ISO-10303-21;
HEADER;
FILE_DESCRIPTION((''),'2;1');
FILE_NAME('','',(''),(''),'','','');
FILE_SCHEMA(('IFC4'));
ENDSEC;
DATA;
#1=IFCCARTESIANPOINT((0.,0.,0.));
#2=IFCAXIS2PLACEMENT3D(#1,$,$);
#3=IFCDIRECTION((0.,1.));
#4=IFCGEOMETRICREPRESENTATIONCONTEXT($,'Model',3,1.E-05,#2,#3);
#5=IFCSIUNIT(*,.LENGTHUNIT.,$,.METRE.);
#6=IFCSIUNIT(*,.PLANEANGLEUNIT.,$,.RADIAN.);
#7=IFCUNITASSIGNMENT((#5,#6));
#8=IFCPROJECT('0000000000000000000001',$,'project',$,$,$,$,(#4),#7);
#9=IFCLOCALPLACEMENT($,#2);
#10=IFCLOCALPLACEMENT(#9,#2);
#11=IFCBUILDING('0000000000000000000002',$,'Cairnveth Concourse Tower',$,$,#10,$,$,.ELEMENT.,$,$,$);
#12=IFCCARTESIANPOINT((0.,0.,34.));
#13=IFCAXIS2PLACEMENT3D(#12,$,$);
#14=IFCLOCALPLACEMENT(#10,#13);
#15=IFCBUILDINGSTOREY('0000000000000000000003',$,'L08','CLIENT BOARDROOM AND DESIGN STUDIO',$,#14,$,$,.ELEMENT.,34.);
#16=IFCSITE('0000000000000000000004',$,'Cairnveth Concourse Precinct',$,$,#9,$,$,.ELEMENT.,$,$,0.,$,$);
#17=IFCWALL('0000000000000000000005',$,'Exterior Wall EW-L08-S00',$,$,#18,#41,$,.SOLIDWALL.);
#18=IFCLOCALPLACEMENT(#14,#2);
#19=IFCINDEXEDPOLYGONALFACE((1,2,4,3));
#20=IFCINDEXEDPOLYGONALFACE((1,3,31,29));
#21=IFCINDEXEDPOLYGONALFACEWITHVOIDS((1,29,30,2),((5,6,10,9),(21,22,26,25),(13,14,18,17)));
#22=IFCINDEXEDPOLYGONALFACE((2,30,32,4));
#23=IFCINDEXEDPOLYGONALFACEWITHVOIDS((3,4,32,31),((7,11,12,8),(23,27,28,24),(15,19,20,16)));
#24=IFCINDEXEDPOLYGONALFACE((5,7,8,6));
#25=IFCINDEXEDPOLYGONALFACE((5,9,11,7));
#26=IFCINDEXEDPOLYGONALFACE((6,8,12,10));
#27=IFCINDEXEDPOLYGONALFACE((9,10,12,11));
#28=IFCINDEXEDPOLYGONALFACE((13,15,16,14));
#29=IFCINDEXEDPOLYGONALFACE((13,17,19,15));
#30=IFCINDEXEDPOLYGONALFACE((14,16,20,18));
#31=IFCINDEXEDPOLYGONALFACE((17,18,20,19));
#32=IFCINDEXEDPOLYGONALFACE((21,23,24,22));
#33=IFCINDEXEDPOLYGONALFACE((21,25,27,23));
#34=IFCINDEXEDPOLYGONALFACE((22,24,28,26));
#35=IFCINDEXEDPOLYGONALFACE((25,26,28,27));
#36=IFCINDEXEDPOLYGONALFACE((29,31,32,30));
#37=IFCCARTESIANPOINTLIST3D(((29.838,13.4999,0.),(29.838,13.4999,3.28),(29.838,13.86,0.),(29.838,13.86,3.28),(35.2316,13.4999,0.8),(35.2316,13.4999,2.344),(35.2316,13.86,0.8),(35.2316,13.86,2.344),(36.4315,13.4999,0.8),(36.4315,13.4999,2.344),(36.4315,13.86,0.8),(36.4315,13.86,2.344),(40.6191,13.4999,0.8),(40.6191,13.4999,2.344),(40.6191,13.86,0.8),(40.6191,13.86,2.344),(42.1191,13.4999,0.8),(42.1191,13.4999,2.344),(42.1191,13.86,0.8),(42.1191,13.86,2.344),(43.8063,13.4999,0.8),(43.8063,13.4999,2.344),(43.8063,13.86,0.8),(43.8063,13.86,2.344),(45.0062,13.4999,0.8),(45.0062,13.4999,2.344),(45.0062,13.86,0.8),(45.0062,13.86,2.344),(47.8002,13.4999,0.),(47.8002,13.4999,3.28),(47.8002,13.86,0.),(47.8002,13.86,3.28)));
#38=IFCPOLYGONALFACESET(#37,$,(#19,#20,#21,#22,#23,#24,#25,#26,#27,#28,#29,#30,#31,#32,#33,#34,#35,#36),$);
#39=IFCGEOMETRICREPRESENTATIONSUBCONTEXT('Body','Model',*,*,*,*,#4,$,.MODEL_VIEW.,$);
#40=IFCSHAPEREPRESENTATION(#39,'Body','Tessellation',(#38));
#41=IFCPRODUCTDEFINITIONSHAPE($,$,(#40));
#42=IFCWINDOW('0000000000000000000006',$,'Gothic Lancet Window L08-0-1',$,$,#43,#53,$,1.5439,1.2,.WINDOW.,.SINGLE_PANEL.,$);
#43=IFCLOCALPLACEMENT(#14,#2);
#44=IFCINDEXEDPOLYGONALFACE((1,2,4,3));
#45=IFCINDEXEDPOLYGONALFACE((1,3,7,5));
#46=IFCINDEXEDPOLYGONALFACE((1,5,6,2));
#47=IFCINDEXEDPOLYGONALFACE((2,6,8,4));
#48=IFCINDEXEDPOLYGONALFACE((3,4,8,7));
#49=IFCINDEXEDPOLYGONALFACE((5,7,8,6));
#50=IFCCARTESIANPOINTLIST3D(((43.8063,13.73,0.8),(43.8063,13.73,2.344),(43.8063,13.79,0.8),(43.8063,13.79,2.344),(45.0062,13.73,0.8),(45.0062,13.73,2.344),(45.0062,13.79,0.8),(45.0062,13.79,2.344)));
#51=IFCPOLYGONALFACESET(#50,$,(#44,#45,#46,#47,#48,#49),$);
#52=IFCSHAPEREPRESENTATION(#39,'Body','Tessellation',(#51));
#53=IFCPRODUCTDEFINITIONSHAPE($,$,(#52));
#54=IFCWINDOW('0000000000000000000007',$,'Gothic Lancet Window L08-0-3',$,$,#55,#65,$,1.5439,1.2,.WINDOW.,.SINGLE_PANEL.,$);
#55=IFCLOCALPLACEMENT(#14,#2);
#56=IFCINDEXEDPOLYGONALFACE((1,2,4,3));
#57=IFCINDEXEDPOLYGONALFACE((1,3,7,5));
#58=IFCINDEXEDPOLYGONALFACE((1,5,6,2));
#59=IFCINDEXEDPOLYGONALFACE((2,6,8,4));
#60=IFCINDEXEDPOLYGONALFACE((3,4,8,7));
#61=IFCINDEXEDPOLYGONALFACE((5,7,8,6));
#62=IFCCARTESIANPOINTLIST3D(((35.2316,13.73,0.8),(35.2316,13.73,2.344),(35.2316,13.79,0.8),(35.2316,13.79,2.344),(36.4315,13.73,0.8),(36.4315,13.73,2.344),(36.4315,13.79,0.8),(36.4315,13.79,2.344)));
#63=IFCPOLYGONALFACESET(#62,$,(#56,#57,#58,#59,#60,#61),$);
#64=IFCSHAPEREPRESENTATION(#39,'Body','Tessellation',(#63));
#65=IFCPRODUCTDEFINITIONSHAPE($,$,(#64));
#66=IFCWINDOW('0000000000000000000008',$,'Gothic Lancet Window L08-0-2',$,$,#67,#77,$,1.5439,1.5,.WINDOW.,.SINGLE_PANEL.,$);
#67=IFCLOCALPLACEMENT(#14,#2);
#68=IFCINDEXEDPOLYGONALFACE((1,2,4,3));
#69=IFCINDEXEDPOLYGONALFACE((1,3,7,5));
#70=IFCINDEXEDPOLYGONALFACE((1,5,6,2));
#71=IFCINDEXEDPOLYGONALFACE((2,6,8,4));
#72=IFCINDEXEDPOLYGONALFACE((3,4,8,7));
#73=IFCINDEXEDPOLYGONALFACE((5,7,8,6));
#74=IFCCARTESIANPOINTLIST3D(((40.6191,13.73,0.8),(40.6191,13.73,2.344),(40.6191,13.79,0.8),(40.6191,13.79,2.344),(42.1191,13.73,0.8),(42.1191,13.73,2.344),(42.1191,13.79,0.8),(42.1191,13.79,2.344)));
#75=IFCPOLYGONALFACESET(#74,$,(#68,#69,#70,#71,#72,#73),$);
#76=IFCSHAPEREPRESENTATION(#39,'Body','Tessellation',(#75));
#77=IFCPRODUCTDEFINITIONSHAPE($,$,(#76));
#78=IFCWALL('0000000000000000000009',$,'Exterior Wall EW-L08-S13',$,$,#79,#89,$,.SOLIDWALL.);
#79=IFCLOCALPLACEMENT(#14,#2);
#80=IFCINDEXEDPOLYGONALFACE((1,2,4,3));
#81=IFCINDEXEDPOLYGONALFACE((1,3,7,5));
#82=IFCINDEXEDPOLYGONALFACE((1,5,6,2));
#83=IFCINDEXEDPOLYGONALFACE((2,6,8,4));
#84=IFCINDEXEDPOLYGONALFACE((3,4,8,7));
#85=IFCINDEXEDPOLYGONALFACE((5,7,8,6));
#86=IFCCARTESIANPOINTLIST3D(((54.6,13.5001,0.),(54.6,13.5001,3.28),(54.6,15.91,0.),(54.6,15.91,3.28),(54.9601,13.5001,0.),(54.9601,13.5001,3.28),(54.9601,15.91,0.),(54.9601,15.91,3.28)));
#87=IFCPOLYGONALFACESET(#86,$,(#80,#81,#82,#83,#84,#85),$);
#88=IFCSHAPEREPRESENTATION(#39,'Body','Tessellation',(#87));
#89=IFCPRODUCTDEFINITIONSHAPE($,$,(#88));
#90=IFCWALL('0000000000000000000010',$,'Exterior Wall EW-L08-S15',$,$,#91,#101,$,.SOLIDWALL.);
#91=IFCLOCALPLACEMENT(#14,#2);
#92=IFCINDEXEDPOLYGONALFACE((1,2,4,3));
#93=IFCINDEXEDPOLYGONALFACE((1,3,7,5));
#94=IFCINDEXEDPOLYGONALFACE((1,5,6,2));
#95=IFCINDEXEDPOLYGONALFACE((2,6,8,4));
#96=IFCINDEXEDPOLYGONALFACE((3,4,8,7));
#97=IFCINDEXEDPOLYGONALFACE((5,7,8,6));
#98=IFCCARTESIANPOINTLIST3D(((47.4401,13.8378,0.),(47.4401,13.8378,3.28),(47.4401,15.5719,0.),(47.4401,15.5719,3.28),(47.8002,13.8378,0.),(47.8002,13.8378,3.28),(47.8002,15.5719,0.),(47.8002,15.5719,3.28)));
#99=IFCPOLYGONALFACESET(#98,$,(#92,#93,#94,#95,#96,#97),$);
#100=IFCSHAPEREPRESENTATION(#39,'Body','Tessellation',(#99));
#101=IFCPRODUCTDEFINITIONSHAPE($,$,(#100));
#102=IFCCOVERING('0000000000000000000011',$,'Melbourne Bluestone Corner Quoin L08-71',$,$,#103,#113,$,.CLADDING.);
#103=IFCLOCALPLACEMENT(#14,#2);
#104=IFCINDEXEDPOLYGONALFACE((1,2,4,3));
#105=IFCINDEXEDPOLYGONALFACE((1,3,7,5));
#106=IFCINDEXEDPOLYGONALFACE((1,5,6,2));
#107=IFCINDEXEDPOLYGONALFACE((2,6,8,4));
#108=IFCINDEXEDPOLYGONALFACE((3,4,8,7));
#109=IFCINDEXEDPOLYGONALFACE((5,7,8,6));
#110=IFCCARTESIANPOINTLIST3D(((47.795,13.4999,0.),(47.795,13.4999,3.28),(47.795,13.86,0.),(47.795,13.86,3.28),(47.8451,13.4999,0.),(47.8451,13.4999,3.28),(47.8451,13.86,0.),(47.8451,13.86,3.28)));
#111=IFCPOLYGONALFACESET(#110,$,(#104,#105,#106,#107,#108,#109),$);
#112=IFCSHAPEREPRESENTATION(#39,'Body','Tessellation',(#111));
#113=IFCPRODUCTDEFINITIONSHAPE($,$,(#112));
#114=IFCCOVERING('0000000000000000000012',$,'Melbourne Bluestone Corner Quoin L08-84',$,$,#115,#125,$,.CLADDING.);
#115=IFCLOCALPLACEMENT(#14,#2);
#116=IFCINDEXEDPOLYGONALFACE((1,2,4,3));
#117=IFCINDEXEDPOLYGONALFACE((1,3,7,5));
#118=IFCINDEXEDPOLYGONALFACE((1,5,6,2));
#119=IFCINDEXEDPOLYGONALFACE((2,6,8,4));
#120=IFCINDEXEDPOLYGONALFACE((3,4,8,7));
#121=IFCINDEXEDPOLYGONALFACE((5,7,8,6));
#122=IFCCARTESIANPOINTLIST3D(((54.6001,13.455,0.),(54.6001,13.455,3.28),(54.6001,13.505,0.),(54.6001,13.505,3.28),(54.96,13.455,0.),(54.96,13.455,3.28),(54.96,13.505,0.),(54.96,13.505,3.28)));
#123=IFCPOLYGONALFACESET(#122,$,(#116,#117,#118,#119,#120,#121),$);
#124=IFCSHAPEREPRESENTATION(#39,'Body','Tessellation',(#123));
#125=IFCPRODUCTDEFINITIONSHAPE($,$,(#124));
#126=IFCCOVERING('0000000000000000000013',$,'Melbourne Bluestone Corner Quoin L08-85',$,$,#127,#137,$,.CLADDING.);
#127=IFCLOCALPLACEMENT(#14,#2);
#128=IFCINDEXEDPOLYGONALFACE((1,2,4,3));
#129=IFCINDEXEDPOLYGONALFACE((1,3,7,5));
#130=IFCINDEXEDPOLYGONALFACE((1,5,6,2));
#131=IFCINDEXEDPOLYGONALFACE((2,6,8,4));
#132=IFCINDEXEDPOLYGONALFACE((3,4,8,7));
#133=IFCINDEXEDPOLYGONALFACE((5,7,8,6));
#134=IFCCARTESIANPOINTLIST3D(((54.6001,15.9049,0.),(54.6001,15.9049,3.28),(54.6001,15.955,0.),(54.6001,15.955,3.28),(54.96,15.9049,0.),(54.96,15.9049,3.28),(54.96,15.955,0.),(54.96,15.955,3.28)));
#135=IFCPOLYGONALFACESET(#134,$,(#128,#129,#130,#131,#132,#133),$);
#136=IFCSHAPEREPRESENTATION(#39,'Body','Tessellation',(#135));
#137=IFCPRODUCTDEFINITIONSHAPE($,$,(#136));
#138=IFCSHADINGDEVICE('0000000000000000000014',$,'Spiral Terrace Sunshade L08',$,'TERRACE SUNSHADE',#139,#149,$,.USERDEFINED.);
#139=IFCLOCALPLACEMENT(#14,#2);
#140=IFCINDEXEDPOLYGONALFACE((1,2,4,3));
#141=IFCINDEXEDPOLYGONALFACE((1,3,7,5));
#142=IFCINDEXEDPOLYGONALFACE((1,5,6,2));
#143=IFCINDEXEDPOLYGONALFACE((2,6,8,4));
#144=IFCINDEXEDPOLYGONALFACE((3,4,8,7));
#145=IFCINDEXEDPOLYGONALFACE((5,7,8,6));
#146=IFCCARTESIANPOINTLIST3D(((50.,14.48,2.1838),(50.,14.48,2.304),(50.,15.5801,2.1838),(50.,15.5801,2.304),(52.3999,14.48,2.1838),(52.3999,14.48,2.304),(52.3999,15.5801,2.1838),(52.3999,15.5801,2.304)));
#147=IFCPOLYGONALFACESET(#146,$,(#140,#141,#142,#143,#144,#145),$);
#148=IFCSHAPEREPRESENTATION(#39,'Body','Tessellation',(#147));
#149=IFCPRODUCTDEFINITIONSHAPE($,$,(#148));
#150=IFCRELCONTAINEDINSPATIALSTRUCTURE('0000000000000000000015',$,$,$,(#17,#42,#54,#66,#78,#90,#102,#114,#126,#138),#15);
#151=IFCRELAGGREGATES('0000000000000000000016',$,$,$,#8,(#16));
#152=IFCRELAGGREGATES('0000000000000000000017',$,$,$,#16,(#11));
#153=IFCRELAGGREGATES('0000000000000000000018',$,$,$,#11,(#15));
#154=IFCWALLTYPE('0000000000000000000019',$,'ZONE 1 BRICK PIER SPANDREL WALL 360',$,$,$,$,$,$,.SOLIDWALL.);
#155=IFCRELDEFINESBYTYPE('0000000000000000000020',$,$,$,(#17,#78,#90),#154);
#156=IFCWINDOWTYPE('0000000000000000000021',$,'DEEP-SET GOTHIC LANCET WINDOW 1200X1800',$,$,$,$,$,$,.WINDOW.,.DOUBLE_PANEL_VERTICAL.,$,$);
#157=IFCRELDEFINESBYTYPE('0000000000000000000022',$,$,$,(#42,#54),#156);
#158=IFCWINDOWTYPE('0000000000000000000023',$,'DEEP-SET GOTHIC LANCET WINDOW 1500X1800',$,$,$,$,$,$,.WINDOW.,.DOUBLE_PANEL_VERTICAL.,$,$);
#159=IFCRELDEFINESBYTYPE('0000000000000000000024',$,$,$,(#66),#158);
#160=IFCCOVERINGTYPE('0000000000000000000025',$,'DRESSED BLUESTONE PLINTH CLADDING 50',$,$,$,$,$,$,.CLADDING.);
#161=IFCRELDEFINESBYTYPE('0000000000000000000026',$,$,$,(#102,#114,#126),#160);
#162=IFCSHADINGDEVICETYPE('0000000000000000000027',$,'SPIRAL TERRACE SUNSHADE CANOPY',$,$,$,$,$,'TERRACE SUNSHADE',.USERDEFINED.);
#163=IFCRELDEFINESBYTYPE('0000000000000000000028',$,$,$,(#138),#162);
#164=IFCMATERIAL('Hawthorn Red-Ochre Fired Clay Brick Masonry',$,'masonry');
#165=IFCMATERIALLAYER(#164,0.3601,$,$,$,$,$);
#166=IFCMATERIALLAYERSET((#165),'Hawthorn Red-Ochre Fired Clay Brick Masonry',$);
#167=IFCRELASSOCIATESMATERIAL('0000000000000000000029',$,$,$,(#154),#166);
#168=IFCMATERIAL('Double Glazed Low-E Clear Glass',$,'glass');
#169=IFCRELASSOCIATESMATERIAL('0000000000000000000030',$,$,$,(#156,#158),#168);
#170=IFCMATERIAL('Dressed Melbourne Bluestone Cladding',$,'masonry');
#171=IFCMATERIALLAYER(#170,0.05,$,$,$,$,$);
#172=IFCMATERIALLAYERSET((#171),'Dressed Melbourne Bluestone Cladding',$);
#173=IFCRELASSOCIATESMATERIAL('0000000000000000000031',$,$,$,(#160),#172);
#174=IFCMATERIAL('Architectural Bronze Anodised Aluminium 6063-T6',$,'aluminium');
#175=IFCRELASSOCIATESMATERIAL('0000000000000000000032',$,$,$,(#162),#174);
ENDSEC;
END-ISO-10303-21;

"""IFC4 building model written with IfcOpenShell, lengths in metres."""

from ifc_helpers import new_model, si_unit, direction, frame, frame_2d, origin, origin_2d, place, context, subcontext, project, spatial, rectangle, extrude, material, layer, layer_set, type_object, element, fill, save


model = new_model("IFC4")

# Units and contexts
model_context = context("Model", 3, precision=1e-05, world=origin(), true_north=direction((0.0, 1.0)))
body_context = subcontext(model_context, "Body", "Model", "MODEL_VIEW")
ifc_project = project(units=[si_unit("LENGTHUNIT", "METRE"), si_unit("PLANEANGLEUNIT", "RADIAN")], contexts=[model_context])

# Site, building, storey
site_placement = place(None, origin())
site = spatial("IfcSite", under=ifc_project, at=site_placement, Name="Cairnveth Concourse Precinct", CompositionType="ELEMENT", RefElevation=0.0)
building_placement = place(site_placement, origin())
building = spatial("IfcBuilding", under=site, at=building_placement, Name="Cairnveth Concourse Tower", CompositionType="ELEMENT")
storey_placement = place(building_placement, frame((0.0, 0.0, 34.0)))
storey = spatial("IfcBuildingStorey", under=building, at=storey_placement, Name="L08", Description="CLIENT BOARDROOM AND DESIGN STUDIO", CompositionType="ELEMENT", Elevation=34.0)

# Shared definitions
ifc_material_1 = material(Name="Dressed Melbourne Bluestone Cladding", Category="masonry")

# Wall, openings, windows
ifc_material_2 = material(Name="Hawthorn Red-Ochre Fired Clay Brick Masonry", Category="masonry")
ifc_layer_1 = layer(ifc_material_2, 0.3601)
ifc_layer_set_1 = layer_set([ifc_layer_1], Name="Hawthorn Red-Ochre Fired Clay Brick Masonry")
wall_type_1 = type_object("IfcWallType", Name="ZONE 1 BRICK PIER SPANDREL WALL 360", PredefinedType="SOLIDWALL", material=ifc_layer_set_1)
wall_1_placement = place(storey_placement, frame((47.8, 13.6799, 0.0), z_axis=(0.0, 0.0, 1.0), x_axis=(-1.0, 0.0, 0.0)))
wall_1 = element("IfcWall", 1, at=wall_1_placement, inside=storey, type_object=wall_type_1, Name="Exterior Wall EW-L08-S00", PredefinedType="SOLIDWALL", context=body_context, shape_type="SweptSolid", body=[
    extrude(rectangle(XDim=17.9622, YDim=0.3601, at=frame_2d((8.981, 0.0))), origin(), (0.0, 0.0, 1.0), 3.28),
])
opening_1_placement = place(wall_1_placement, frame((2.7937, 0.0, 0.8)))
opening_1 = element("IfcOpeningElement", 2, at=opening_1_placement, cuts=wall_1, PredefinedType="OPENING", context=body_context, shape_type="SweptSolid", body=[
    extrude(rectangle(XDim=1.2, YDim=1.5439, at=frame_2d((0.6001, 0.772))), frame((0.0, 0.1899, 0.0), z_axis=(0.0, -1.0, 0.0), x_axis=(1.0, 0.0, 0.0)), (0.0, 0.0, 1.0), 0.3801),
])
opening_2_placement = place(wall_1_placement, frame((5.6809, 0.0, 0.8)))
opening_2 = element("IfcOpeningElement", 3, at=opening_2_placement, cuts=wall_1, PredefinedType="OPENING", context=body_context, shape_type="SweptSolid", body=[
    extrude(rectangle(XDim=1.5, YDim=1.5439, at=frame_2d((0.75, 0.772))), frame((0.0, 0.1899, 0.0), z_axis=(0.0, -1.0, 0.0), x_axis=(1.0, 0.0, 0.0)), (0.0, 0.0, 1.0), 0.3801),
])
opening_3_placement = place(wall_1_placement, frame((11.3684, 0.0, 0.8)))
opening_3 = element("IfcOpeningElement", 4, at=opening_3_placement, cuts=wall_1, PredefinedType="OPENING", context=body_context, shape_type="SweptSolid", body=[
    extrude(rectangle(XDim=1.2, YDim=1.5439, at=frame_2d((0.6001, 0.772))), frame((0.0, 0.1899, 0.0), z_axis=(0.0, -1.0, 0.0), x_axis=(1.0, 0.0, 0.0)), (0.0, 0.0, 1.0), 0.3801),
])
ifc_material_3 = material(Name="Double Glazed Low-E Clear Glass", Category="glass")
window_type_1 = type_object("IfcWindowType", Name="DEEP-SET GOTHIC LANCET WINDOW 1200X1800", PartitioningType="DOUBLE_PANEL_VERTICAL", PredefinedType="WINDOW", material=ifc_material_3)
window_1_placement = place(opening_1_placement, origin())
window_1 = element("IfcWindow", 5, at=window_1_placement, inside=storey, type_object=window_type_1, Name="Gothic Lancet Window L08-0-1", OverallHeight=1.5439, OverallWidth=1.2, PartitioningType="SINGLE_PANEL", PredefinedType="WINDOW", context=body_context, shape_type="SweptSolid", body=[
    extrude(rectangle(XDim=1.2, YDim=1.5439, at=frame_2d((0.6001, 0.772))), frame((0.0, -0.05, 0.0), z_axis=(0.0, -1.0, 0.0), x_axis=(1.0, 0.0, 0.0)), (0.0, 0.0, 1.0), 0.0601),
])
fill(opening_1, window_1)
window_2_placement = place(opening_3_placement, origin())
window_2 = element("IfcWindow", 6, at=window_2_placement, inside=storey, type_object=window_type_1, Name="Gothic Lancet Window L08-0-3", OverallHeight=1.5439, OverallWidth=1.2, PartitioningType="SINGLE_PANEL", PredefinedType="WINDOW", context=body_context, shape_type="SweptSolid", body=[
    extrude(rectangle(XDim=1.2, YDim=1.5439, at=frame_2d((0.6001, 0.772))), frame((0.0, -0.05, 0.0), z_axis=(0.0, -1.0, 0.0), x_axis=(1.0, 0.0, 0.0)), (0.0, 0.0, 1.0), 0.0601),
])
fill(opening_3, window_2)
window_type_2 = type_object("IfcWindowType", Name="DEEP-SET GOTHIC LANCET WINDOW 1500X1800", PartitioningType="DOUBLE_PANEL_VERTICAL", PredefinedType="WINDOW", material=ifc_material_3)
window_3_placement = place(opening_2_placement, origin())
window_3 = element("IfcWindow", 7, at=window_3_placement, inside=storey, type_object=window_type_2, Name="Gothic Lancet Window L08-0-2", OverallHeight=1.5439, OverallWidth=1.5, PartitioningType="SINGLE_PANEL", PredefinedType="WINDOW", context=body_context, shape_type="SweptSolid", body=[
    extrude(rectangle(XDim=1.5, YDim=1.5439, at=frame_2d((0.75, 0.772))), frame((0.0, -0.05, 0.0), z_axis=(0.0, -1.0, 0.0), x_axis=(1.0, 0.0, 0.0)), (0.0, 0.0, 1.0), 0.0601),
])
fill(opening_2, window_3)

# Wall
wall_2_placement = place(storey_placement, frame((54.78, 13.5, 0.0), z_axis=(0.0, 0.0, 1.0), x_axis=(0.0, 1.0, 0.0)))
element("IfcWall", 8, at=wall_2_placement, inside=storey, type_object=wall_type_1, Name="Exterior Wall EW-L08-S13", PredefinedType="SOLIDWALL", context=body_context, shape_type="SweptSolid", body=[
    extrude(rectangle(XDim=2.4099, YDim=0.3601, at=frame_2d((1.2051, 0.0))), origin(), (0.0, 0.0, 1.0), 3.28),
])

# Shared definitions
ifc_material_4 = material(Name="Architectural Bronze Anodised Aluminium 6063-T6", Category="aluminium")

# Wall
wall_3_placement = place(storey_placement, frame((47.6201, 15.572, 0.0), z_axis=(0.0, 0.0, 1.0), x_axis=(0.0, -1.0, 0.0)))
element("IfcWall", 9, at=wall_3_placement, inside=storey, type_object=wall_type_1, Name="Exterior Wall EW-L08-S15", PredefinedType="SOLIDWALL", context=body_context, shape_type="SweptSolid", body=[
    extrude(rectangle(XDim=1.7341, YDim=0.3601, at=frame_2d((0.8672, 0.0))), origin(), (0.0, 0.0, 1.0), 3.28),
])

# Coverings
ifc_layer_2 = layer(ifc_material_1, 0.05)
ifc_layer_set_2 = layer_set([ifc_layer_2], Name="Dressed Melbourne Bluestone Cladding")
covering_type = type_object("IfcCoveringType", Name="DRESSED BLUESTONE PLINTH CLADDING 50", PredefinedType="CLADDING", material=ifc_layer_set_2)
covering_placement = place(storey_placement, frame((47.8201, 13.8601, 0.0), z_axis=(0.0, 0.0, 1.0), x_axis=(0.0, -1.0, 0.0)))
element("IfcCovering", 10, at=covering_placement, inside=storey, type_object=covering_type, Name="Melbourne Bluestone Corner Quoin L08-71", PredefinedType="CLADDING", context=body_context, shape_type="SweptSolid", body=[
    extrude(rectangle(XDim=0.3601, YDim=0.05, at=frame_2d((0.1802, 0.0))), origin(), (0.0, 0.0, 1.0), 3.28),
])
for number, where, z_axis, x_axis, name in (
    (11, (54.96, 13.48, 0.0), (0.0, 0.0, 1.0), (-1.0, 0.0, 0.0), "Melbourne Bluestone Corner Quoin L08-84"),
    (12, (54.96, 15.9299, 0.0), (0.0, 0.0, 1.0), (-1.0, 0.0, 0.0), "Melbourne Bluestone Corner Quoin L08-85"),
):
    element("IfcCovering", number, at=place(storey_placement, frame(where, z_axis=z_axis, x_axis=x_axis)), inside=storey, type_object=covering_type, Name=name, PredefinedType="CLADDING", context=body_context, shape_type="SweptSolid", body=[
        extrude(rectangle(XDim=0.3599, YDim=0.05, at=frame_2d((0.1799, 0.0))), origin(), (0.0, 0.0, 1.0), 3.28),
    ])

# Shading device
shading_device_type = type_object("IfcShadingDeviceType", Name="SPIRAL TERRACE SUNSHADE CANOPY", ElementType="TERRACE SUNSHADE", PredefinedType="USERDEFINED", material=ifc_material_4)
shading_device_placement = place(storey_placement, frame((51.2, 15.03, 2.1838), z_axis=(0.0, 0.0, 1.0), x_axis=(1.0, 0.0, 0.0)))
element("IfcShadingDevice", 13, at=shading_device_placement, inside=storey, type_object=shading_device_type, Name="Spiral Terrace Sunshade L08", ObjectType="TERRACE SUNSHADE", PredefinedType="USERDEFINED", context=body_context, shape_type="SweptSolid", body=[
    extrude(rectangle(XDim=2.3999, YDim=1.1001, at=origin_2d()), origin(), (0.0, 0.0, 1.0), 0.1201),
])

save(model, "model.ifc")
